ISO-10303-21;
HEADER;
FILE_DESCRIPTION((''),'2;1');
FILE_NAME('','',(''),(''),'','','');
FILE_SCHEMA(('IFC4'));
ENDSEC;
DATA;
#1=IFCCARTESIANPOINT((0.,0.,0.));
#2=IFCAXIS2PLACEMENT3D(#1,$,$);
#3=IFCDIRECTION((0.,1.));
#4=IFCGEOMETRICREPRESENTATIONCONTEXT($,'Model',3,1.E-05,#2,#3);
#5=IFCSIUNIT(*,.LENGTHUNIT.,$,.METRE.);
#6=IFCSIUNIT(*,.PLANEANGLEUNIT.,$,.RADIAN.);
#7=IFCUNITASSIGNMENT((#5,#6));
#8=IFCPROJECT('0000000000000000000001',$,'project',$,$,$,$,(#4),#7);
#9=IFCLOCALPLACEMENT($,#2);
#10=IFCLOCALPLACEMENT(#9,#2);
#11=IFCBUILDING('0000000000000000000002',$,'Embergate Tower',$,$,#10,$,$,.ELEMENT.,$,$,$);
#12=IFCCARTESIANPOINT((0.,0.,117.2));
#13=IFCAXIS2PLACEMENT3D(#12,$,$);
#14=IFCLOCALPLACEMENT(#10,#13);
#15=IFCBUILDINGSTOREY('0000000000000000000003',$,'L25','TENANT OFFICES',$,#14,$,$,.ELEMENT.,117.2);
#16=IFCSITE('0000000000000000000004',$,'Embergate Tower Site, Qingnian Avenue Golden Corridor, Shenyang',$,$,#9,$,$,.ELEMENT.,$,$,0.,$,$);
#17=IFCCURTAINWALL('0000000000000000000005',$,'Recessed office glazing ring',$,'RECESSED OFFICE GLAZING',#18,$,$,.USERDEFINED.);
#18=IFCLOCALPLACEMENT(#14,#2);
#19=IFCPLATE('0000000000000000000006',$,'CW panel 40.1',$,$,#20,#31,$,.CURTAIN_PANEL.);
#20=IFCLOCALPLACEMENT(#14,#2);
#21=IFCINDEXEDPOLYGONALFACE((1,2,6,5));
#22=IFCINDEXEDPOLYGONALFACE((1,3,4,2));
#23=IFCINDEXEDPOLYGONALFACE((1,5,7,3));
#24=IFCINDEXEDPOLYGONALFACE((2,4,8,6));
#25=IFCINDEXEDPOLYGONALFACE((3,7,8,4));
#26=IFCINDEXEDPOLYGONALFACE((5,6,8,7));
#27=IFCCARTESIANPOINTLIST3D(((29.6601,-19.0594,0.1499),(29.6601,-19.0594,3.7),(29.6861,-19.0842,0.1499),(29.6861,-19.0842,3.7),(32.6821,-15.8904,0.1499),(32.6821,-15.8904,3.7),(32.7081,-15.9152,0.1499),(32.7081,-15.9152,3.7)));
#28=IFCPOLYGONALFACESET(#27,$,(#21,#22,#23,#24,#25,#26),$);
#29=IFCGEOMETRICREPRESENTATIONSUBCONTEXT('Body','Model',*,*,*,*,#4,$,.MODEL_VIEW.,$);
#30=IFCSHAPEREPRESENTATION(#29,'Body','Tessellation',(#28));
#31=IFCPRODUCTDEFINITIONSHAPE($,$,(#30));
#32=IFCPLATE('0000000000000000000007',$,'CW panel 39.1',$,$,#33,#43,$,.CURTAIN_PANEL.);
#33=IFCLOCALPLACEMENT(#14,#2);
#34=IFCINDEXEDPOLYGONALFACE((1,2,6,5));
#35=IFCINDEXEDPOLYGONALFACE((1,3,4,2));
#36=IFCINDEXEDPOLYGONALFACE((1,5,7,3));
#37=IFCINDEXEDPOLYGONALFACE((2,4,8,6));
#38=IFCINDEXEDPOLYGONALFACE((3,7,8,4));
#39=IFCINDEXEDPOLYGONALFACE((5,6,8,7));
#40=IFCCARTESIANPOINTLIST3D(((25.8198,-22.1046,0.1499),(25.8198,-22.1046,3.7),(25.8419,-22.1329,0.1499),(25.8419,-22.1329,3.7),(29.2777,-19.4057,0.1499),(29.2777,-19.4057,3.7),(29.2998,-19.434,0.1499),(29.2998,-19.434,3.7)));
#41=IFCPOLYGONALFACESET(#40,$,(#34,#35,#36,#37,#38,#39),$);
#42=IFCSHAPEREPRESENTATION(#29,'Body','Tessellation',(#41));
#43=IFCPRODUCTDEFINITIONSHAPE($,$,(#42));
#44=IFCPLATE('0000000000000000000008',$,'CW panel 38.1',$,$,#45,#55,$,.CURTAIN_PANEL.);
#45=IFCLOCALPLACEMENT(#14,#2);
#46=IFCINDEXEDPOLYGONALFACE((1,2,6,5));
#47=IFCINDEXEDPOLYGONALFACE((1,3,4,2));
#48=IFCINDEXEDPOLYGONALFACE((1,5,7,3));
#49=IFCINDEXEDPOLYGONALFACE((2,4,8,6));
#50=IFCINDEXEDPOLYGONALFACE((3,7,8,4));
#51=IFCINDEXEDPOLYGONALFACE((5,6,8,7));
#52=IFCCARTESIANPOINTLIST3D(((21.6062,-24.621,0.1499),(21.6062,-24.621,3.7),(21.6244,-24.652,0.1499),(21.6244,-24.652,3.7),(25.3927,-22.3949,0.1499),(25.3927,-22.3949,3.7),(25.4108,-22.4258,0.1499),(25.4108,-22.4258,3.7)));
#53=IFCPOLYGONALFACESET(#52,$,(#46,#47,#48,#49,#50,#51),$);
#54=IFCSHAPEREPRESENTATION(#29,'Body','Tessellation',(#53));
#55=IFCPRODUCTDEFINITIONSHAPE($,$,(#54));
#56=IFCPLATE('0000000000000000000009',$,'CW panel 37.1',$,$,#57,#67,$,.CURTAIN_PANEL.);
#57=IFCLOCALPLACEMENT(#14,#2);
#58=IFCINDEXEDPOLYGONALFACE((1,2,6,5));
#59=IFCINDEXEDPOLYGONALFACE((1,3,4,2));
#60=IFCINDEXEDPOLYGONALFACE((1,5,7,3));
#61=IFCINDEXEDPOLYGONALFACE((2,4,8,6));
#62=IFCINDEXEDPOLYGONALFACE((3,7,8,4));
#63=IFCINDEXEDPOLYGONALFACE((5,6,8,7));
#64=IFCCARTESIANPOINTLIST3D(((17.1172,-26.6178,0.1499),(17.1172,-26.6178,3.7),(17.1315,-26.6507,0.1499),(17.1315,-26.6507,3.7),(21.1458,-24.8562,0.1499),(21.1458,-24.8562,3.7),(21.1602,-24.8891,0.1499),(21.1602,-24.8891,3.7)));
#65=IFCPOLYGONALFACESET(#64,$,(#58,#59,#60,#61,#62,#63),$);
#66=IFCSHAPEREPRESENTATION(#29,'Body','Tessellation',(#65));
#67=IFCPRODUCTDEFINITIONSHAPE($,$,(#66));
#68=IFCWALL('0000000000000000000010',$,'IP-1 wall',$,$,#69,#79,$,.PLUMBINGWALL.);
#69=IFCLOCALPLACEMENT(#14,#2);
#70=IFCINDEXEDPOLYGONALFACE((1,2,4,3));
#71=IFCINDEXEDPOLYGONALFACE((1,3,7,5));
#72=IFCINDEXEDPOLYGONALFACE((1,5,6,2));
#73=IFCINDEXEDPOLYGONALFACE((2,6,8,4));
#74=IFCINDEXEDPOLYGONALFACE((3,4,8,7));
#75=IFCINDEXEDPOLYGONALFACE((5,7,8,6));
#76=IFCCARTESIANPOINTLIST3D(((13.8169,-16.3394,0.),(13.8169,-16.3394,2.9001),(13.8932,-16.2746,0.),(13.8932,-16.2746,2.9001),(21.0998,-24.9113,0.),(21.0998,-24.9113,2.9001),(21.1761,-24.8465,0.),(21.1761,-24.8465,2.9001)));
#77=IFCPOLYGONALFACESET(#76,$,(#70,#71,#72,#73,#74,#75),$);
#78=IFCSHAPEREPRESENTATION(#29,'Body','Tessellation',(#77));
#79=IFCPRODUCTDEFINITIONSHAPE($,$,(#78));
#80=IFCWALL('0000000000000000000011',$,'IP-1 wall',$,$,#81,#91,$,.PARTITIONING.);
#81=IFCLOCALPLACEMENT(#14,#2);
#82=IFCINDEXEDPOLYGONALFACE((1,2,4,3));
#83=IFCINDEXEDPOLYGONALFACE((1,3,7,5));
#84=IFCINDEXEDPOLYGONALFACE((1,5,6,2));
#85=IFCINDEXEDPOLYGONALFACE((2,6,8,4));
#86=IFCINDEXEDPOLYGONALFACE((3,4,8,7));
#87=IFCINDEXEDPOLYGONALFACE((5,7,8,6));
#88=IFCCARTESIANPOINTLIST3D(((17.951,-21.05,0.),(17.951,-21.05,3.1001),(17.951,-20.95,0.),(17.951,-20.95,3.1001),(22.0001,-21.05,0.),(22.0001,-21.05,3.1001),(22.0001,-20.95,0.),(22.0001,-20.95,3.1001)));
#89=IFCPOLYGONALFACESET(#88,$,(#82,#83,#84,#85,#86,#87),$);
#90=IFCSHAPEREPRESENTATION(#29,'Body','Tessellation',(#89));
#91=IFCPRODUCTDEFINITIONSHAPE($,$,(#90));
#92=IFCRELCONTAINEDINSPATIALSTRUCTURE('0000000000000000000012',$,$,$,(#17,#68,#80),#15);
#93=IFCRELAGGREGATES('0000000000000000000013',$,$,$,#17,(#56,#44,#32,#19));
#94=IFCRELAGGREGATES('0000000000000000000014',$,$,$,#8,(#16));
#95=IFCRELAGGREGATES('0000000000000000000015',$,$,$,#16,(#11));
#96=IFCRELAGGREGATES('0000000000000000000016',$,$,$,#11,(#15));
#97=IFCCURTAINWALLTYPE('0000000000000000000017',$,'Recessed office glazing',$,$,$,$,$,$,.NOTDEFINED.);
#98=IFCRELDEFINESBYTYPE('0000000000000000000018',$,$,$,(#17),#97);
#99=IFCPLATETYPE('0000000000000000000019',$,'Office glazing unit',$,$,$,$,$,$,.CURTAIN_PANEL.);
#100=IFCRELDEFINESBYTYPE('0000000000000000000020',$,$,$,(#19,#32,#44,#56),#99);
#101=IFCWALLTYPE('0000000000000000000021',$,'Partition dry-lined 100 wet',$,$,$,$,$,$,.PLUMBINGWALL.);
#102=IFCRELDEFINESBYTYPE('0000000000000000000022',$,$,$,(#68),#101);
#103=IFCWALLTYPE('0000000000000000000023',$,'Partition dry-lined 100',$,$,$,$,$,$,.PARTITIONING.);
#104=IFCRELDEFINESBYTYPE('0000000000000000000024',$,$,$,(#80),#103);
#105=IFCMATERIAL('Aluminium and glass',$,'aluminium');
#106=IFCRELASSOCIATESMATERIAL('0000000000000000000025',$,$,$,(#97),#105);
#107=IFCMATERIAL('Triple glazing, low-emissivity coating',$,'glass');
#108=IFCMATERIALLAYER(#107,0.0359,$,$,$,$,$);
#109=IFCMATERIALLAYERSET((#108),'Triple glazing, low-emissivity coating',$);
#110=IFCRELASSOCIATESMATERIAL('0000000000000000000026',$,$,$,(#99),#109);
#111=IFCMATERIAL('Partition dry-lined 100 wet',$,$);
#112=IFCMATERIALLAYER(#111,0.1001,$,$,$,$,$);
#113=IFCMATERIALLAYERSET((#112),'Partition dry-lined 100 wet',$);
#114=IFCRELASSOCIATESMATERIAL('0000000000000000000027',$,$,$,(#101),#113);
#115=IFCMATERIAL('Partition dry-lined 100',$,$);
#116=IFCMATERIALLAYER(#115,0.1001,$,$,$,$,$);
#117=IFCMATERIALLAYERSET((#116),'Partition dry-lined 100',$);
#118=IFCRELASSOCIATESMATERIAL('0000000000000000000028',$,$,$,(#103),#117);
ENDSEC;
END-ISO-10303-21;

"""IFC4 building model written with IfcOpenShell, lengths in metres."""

from ifc_helpers import new_model, si_unit, direction, frame, frame_2d, origin, origin_2d, place, context, subcontext, project, spatial, rectangle, extrude, source, transform, mapped, material, layer, layer_set, type_object, element, aggregate, save


model = new_model("IFC4")

# Units and contexts
model_context = context("Model", 3, precision=1e-05, world=origin(), true_north=direction((0.0, 1.0)))
body_context = subcontext(model_context, "Body", "Model", "MODEL_VIEW")
ifc_project = project(units=[si_unit("LENGTHUNIT", "METRE"), si_unit("PLANEANGLEUNIT", "RADIAN")], contexts=[model_context])

# Site, building, storey
site_placement = place(None, origin())
site = spatial("IfcSite", under=ifc_project, at=site_placement, Name="Embergate Tower Site, Qingnian Avenue Golden Corridor, Shenyang", CompositionType="ELEMENT", RefElevation=0.0)
building_placement = place(site_placement, origin())
building = spatial("IfcBuilding", under=site, at=building_placement, Name="Embergate Tower", CompositionType="ELEMENT")
storey_placement = place(building_placement, frame((0.0, 0.0, 117.2)))
storey = spatial("IfcBuildingStorey", under=building, at=storey_placement, Name="L25", Description="TENANT OFFICES", CompositionType="ELEMENT", Elevation=117.2)

# Curtain wall, plates
ifc_material_1 = material(Name="Aluminium and glass", Category="aluminium")
curtain_wall_type = type_object("IfcCurtainWallType", Name="Recessed office glazing", PredefinedType="NOTDEFINED", material=ifc_material_1)
curtain_wall_placement = place(storey_placement, origin())
curtain_wall = element("IfcCurtainWall", 1, at=curtain_wall_placement, inside=storey, type_object=curtain_wall_type, Name="Recessed office glazing ring", ObjectType="RECESSED OFFICE GLAZING", PredefinedType="USERDEFINED")
ifc_material_2 = material(Name="Triple glazing, low-emissivity coating", Category="glass")
ifc_layer_1 = layer(ifc_material_2, 0.0359)
ifc_layer_set_1 = layer_set([ifc_layer_1], Name="Triple glazing, low-emissivity coating")
plate_type = type_object("IfcPlateType", Name="Office glazing unit", PredefinedType="CURTAIN_PANEL", material=ifc_layer_set_1)
shared_shape_1 = source(origin(), body_context, "Body", "SweptSolid", [
    extrude(rectangle(XDim=4.3789, YDim=0.0359, at=origin_2d()), origin(), (0.0, 0.0, 1.0), 3.55),
])
plate_1_placement = place(storey_placement, frame((31.1841, -17.4873, 0.1499), z_axis=(0.0, 0.0, 1.0), x_axis=(0.69013, 0.723685, 0.0)))
plate_1 = element("IfcPlate", 2, at=plate_1_placement, type_object=plate_type, Name="CW panel 40.1", PredefinedType="CURTAIN_PANEL", context=body_context, shape_type="MappedRepresentation", body=[
    mapped(shared_shape_1, transform((0.0, 0.0, 0.0))),
])
shared_shape_2 = source(origin(), body_context, "Body", "SweptSolid", [
    extrude(rectangle(XDim=4.3865, YDim=0.0359, at=origin_2d()), origin(), (0.0, 0.0, 1.0), 3.55),
])
plate_2_placement = place(storey_placement, frame((27.5598, -20.7693, 0.1499), z_axis=(0.0, 0.0, 1.0), x_axis=(0.788317, 0.615269, 0.0)))
plate_2 = element("IfcPlate", 3, at=plate_2_placement, type_object=plate_type, Name="CW panel 39.1", PredefinedType="CURTAIN_PANEL", context=body_context, shape_type="MappedRepresentation", body=[
    mapped(shared_shape_2, transform((0.0, 0.0, 0.0))),
])
shared_shape_3 = source(origin(), body_context, "Body", "SweptSolid", [
    extrude(rectangle(XDim=4.3923, YDim=0.0359, at=origin_2d()), origin(), (0.0, 0.0, 1.0), 3.55),
])
plate_3_placement = place(storey_placement, frame((23.5085, -23.5234, 0.1499), z_axis=(0.0, 0.0, 1.0), x_axis=(0.862051, 0.506822, 0.0)))
plate_3 = element("IfcPlate", 4, at=plate_3_placement, type_object=plate_type, Name="CW panel 38.1", PredefinedType="CURTAIN_PANEL", context=body_context, shape_type="MappedRepresentation", body=[
    mapped(shared_shape_3, transform((0.0, 0.0, 0.0))),
])
shared_shape_4 = source(origin(), body_context, "Body", "SweptSolid", [
    extrude(rectangle(XDim=4.397, YDim=0.0359, at=origin_2d()), origin(), (0.0, 0.0, 1.0), 3.55),
])
plate_4_placement = place(storey_placement, frame((19.1387, -25.7534, 0.1499), z_axis=(0.0, 0.0, 1.0), x_axis=(0.916234, 0.400643, 0.0)))
plate_4 = element("IfcPlate", 5, at=plate_4_placement, type_object=plate_type, Name="CW panel 37.1", PredefinedType="CURTAIN_PANEL", context=body_context, shape_type="MappedRepresentation", body=[
    mapped(shared_shape_4, transform((0.0, 0.0, 0.0))),
])
aggregate(curtain_wall, [plate_4, plate_3, plate_2, plate_1])

# Walls
ifc_material_3 = material(Name="Partition dry-lined 100 wet")
ifc_layer_2 = layer(ifc_material_3, 0.1001)
ifc_layer_set_2 = layer_set([ifc_layer_2], Name="Partition dry-lined 100 wet")
wall_type_1 = type_object("IfcWallType", Name="Partition dry-lined 100 wet", PredefinedType="PLUMBINGWALL", material=ifc_layer_set_2)
shared_shape_5 = source(origin(), body_context, "Body", "SweptSolid", [
    extrude(rectangle(XDim=11.248, YDim=0.1001, at=frame_2d((5.624, 0.0))), origin(), (0.0, 0.0, 1.0), 2.9001),
])
wall_1_placement = place(storey_placement, frame((21.1379, -24.8789, 0.0), z_axis=(0.0, 0.0, 1.0), x_axis=(-0.64748, 0.762082, 0.0)))
element("IfcWall", 6, at=wall_1_placement, inside=storey, type_object=wall_type_1, Name="IP-1 wall", PredefinedType="PLUMBINGWALL", context=body_context, shape_type="MappedRepresentation", body=[
    mapped(shared_shape_5, transform((0.0, 0.0, 0.0))),
])
ifc_material_4 = material(Name="Partition dry-lined 100")
ifc_layer_3 = layer(ifc_material_4, 0.1001)
ifc_layer_set_3 = layer_set([ifc_layer_3], Name="Partition dry-lined 100")
wall_type_2 = type_object("IfcWallType", Name="Partition dry-lined 100", PredefinedType="PARTITIONING", material=ifc_layer_set_3)
shared_shape_6 = source(origin(), body_context, "Body", "SweptSolid", [
    extrude(rectangle(XDim=4.0491, YDim=0.1001, at=frame_2d((2.0244, 0.0))), origin(), (0.0, 0.0, 1.0), 3.1001),
])
wall_2_placement = place(storey_placement, frame((22.0, -21.0, 0.0), z_axis=(0.0, 0.0, 1.0), x_axis=(-1.0, 0.0, 0.0)))
element("IfcWall", 7, at=wall_2_placement, inside=storey, type_object=wall_type_2, Name="IP-1 wall", PredefinedType="PARTITIONING", context=body_context, shape_type="MappedRepresentation", body=[
    mapped(shared_shape_6, transform((0.0, 0.0, 0.0))),
])

save(model, "model.ifc")
